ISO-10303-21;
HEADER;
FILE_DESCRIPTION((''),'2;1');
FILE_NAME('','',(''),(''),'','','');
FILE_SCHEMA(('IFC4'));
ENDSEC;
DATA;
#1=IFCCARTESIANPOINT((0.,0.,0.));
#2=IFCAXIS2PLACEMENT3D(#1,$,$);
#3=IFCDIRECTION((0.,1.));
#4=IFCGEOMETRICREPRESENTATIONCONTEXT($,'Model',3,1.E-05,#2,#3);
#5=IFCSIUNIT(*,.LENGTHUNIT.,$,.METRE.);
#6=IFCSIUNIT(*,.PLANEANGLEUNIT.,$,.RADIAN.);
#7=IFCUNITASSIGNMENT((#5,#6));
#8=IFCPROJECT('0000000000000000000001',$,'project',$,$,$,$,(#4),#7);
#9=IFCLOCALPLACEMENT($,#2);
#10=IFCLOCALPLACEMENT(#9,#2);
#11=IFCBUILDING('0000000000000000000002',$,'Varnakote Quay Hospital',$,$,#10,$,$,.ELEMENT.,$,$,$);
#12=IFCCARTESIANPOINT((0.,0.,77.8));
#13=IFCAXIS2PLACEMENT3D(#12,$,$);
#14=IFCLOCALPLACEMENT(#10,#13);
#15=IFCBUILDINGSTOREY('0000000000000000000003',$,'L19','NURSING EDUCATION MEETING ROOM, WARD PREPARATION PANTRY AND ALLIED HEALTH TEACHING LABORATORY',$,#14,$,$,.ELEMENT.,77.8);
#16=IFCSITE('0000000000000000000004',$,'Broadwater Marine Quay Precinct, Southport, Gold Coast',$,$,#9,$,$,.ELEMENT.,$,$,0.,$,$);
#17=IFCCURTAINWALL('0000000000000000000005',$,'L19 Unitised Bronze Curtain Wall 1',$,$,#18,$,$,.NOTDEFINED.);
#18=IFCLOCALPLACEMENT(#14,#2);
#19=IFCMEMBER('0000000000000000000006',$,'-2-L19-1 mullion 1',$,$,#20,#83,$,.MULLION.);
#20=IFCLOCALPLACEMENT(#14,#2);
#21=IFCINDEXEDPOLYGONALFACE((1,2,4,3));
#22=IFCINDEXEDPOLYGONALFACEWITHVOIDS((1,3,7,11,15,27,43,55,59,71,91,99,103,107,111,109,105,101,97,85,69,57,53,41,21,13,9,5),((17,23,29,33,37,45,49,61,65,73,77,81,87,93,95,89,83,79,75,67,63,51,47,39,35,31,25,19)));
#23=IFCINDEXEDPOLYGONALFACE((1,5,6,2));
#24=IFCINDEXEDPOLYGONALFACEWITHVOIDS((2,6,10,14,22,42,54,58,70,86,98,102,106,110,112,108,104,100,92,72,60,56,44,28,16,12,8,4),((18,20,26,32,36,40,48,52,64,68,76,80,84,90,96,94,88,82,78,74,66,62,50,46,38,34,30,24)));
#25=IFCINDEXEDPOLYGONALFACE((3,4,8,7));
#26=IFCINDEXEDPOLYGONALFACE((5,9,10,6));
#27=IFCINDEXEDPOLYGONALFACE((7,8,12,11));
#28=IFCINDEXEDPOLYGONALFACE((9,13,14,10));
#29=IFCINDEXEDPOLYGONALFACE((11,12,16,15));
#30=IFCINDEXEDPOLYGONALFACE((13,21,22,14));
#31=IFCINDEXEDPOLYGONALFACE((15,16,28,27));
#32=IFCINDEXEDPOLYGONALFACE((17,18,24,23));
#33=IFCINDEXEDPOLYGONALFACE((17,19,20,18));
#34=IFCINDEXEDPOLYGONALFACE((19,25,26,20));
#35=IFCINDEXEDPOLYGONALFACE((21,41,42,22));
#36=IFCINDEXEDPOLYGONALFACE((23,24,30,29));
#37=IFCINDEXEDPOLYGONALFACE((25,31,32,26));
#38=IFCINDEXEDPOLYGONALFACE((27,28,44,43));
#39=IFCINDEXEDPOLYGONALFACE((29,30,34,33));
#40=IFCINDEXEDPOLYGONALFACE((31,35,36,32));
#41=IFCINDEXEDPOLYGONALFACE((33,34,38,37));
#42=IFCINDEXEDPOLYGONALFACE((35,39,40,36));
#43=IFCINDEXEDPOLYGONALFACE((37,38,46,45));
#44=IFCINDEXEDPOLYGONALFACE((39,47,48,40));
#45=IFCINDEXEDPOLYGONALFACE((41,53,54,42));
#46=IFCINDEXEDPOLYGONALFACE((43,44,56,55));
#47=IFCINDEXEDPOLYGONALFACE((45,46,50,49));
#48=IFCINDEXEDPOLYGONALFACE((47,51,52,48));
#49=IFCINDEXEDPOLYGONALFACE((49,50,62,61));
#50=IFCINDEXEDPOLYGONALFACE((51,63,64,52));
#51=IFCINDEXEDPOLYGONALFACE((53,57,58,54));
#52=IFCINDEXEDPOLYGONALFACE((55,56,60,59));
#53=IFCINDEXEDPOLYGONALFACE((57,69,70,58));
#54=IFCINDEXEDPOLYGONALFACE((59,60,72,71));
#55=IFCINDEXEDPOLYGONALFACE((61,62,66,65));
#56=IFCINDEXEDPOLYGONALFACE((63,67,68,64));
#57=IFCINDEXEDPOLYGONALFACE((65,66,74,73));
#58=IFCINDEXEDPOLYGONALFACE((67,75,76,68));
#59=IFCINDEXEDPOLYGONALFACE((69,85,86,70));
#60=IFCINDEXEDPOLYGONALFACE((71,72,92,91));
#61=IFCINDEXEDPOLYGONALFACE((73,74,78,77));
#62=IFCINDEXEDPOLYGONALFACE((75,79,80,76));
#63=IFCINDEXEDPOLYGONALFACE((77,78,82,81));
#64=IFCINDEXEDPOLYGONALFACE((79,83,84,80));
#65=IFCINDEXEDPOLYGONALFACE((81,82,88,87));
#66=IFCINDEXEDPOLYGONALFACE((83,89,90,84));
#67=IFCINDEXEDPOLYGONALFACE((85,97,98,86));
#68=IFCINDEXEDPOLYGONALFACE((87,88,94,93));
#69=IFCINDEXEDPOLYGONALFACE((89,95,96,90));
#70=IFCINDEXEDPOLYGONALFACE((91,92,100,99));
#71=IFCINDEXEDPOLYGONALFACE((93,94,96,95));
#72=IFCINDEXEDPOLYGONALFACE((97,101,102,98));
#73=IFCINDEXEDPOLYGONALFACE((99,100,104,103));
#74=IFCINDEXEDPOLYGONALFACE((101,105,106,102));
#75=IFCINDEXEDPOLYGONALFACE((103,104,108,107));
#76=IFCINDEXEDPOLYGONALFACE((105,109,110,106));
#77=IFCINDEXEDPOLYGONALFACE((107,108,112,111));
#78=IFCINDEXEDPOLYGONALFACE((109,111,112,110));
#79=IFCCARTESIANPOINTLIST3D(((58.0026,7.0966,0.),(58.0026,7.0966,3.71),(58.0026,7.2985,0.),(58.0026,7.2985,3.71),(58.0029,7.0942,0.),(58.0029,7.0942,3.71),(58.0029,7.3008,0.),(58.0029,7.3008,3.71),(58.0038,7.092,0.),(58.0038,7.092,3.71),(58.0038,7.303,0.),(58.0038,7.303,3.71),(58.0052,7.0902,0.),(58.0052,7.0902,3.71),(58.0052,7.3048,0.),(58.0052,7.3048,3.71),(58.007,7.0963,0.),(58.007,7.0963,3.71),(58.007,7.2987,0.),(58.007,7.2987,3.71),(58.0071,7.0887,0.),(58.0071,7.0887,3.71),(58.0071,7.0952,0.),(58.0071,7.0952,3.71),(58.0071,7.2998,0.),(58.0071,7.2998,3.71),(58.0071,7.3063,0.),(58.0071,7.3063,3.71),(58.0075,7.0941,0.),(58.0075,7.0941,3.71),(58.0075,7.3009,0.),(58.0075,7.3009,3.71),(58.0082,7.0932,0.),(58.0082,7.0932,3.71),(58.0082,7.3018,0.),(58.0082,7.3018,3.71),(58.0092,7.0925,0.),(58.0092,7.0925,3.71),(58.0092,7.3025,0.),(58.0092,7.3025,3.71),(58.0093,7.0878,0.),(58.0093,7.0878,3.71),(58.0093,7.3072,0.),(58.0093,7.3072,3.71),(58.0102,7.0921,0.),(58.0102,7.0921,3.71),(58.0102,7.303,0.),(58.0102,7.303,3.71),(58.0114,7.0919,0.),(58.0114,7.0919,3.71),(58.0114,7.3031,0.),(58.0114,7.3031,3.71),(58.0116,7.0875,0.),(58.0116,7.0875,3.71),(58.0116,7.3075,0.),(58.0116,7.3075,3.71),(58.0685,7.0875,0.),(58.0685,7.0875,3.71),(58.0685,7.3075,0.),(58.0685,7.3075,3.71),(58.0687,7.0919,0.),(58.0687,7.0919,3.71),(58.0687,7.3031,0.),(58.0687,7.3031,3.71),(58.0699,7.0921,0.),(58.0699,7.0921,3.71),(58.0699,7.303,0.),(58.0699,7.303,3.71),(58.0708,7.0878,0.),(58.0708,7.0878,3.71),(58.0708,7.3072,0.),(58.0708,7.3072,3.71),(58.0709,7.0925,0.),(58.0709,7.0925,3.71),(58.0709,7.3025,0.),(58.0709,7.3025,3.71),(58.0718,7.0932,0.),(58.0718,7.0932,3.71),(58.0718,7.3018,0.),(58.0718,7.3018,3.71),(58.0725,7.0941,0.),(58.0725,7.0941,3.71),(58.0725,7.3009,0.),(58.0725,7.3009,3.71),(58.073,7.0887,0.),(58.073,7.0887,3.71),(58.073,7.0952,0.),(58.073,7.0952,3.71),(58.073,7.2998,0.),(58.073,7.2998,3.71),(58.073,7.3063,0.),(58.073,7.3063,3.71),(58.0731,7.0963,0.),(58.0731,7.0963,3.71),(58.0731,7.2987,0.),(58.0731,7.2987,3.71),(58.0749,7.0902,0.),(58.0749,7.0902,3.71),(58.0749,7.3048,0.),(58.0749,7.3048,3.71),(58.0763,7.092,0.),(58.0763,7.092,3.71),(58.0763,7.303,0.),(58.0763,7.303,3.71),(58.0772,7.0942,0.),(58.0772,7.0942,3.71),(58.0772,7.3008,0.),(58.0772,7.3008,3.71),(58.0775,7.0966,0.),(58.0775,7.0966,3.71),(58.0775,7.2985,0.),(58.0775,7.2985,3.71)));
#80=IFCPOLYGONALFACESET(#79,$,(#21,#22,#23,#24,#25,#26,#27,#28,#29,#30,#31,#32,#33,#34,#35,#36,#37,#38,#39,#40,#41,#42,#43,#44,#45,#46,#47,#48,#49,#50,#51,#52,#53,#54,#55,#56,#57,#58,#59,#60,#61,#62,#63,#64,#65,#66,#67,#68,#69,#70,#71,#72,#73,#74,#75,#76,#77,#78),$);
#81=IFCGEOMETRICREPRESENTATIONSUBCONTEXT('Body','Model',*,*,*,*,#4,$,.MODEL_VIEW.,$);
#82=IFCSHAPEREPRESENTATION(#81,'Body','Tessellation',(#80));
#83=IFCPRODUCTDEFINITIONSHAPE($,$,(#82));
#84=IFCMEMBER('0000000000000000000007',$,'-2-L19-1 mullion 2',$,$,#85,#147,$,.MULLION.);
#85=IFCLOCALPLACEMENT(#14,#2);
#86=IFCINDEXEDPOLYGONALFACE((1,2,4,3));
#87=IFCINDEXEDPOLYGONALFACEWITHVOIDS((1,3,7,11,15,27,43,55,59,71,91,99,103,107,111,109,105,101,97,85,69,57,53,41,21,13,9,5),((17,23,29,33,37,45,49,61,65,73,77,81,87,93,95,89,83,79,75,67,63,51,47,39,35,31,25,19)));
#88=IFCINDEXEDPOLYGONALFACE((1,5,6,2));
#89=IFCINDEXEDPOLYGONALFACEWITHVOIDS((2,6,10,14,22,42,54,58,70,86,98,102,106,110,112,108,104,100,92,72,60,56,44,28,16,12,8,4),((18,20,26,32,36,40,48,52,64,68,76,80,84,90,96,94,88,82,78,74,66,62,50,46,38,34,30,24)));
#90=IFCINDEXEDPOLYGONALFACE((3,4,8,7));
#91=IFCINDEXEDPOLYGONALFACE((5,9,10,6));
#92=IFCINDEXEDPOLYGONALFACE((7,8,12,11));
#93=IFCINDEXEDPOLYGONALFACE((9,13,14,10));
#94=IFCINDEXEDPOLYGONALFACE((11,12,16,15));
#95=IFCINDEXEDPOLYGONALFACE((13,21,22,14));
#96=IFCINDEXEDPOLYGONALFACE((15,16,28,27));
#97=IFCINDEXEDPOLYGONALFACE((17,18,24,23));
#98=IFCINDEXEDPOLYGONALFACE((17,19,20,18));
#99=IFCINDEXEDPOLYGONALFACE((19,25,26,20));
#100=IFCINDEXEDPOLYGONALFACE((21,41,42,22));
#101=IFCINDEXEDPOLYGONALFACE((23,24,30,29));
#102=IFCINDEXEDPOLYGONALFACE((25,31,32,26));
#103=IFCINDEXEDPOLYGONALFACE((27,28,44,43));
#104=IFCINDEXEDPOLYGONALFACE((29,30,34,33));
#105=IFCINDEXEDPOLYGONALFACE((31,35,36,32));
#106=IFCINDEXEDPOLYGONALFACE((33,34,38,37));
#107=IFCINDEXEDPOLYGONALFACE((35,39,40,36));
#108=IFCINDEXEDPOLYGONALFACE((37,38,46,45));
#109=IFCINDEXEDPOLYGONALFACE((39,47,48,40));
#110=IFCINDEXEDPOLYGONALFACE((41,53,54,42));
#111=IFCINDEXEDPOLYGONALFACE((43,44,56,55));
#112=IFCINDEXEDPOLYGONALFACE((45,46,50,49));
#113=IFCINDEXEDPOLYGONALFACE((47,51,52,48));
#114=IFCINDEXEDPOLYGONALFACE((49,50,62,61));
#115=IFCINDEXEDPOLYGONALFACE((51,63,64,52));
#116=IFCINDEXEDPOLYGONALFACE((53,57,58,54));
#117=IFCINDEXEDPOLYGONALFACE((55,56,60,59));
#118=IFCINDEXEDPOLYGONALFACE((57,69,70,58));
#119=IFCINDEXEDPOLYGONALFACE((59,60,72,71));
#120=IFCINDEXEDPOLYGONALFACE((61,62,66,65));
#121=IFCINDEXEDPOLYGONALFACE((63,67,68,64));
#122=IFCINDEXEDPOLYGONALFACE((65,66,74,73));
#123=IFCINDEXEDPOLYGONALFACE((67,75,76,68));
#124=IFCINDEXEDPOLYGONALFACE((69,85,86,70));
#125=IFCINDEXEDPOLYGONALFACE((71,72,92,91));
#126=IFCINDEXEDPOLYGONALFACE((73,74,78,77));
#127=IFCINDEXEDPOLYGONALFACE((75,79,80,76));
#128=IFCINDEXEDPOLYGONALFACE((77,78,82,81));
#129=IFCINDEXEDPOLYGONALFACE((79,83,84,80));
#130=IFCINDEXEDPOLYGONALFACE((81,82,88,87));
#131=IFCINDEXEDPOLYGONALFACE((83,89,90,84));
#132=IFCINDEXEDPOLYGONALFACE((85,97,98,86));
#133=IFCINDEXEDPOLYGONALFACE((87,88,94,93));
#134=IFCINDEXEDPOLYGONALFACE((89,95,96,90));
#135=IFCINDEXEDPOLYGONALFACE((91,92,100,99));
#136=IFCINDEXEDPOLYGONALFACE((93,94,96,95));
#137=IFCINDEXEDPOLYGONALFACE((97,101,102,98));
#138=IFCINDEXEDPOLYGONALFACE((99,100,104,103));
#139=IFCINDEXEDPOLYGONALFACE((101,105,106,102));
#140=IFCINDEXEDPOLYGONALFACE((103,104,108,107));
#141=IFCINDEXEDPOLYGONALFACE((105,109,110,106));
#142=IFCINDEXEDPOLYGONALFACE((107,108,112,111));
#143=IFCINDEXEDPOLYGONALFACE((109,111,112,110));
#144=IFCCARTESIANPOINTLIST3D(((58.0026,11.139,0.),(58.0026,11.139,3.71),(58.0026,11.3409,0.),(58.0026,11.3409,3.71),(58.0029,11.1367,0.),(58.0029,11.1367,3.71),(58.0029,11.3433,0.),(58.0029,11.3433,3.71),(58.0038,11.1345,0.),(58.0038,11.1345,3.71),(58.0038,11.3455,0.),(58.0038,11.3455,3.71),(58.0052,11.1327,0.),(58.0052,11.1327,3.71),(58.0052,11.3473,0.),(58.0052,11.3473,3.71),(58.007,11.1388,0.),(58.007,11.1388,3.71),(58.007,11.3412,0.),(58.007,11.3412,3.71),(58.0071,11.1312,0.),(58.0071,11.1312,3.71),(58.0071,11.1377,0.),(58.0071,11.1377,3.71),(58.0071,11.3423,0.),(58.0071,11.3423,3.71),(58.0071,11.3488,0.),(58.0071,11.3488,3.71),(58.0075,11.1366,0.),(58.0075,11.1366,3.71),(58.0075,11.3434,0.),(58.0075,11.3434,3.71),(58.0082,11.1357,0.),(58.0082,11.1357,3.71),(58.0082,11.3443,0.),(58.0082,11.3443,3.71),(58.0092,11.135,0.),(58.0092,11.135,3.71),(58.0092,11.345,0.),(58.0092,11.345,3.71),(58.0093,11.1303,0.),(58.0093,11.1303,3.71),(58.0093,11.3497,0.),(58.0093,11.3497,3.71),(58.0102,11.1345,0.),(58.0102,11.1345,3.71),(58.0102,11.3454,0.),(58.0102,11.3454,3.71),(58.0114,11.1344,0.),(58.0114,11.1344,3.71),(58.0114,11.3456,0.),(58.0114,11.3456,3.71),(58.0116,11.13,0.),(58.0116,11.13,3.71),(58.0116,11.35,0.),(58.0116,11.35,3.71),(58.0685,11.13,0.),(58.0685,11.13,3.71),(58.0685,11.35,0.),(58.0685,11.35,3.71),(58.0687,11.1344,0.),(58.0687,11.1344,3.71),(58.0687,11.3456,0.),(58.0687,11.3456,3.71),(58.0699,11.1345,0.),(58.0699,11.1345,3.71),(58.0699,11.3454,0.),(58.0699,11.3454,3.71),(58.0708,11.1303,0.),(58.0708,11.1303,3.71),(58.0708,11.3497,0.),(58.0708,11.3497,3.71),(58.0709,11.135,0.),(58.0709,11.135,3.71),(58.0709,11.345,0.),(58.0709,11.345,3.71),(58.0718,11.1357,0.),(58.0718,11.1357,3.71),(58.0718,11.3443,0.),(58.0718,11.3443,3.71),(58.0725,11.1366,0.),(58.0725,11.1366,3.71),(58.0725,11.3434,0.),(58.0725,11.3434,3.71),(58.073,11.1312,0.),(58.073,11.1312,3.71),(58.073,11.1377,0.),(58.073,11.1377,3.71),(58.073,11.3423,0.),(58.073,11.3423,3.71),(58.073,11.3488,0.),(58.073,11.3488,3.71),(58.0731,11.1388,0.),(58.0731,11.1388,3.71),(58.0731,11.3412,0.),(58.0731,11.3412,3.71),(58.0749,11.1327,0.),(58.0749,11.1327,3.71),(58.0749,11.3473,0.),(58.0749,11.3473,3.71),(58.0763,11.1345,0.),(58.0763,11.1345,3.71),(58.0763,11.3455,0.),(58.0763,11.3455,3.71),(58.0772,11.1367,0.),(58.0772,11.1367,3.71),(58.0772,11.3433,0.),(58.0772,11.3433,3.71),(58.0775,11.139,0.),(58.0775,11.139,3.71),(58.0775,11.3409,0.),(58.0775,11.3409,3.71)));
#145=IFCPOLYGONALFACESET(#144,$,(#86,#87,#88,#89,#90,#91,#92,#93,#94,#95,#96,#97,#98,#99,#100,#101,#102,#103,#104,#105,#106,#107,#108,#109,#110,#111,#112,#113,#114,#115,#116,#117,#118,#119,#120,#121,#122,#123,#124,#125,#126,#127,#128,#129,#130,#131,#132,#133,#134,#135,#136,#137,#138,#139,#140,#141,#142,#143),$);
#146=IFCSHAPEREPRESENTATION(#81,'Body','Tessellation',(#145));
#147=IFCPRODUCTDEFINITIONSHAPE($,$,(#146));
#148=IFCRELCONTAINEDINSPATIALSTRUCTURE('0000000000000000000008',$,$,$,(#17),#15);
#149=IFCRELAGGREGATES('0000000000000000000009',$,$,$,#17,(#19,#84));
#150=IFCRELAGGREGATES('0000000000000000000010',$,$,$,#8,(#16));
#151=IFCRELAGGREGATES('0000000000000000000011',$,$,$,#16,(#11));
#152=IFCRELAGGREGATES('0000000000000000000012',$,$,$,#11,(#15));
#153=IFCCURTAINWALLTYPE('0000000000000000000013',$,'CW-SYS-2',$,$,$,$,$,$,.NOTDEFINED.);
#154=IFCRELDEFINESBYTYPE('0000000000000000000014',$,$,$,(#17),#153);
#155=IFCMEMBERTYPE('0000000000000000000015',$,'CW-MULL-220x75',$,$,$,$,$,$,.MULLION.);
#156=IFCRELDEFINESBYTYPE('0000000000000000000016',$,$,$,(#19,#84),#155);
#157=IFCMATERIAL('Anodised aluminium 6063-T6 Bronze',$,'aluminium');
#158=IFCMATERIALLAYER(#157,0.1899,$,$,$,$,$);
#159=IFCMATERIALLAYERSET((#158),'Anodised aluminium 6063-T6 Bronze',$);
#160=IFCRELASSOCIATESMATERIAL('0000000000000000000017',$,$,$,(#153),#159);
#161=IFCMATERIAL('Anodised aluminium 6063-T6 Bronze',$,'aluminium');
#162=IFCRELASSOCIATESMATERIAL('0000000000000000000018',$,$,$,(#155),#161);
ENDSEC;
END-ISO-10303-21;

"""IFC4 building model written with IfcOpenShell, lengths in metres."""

from ifc_helpers import new_model, si_unit, direction, frame, origin, origin_2d, place, context, subcontext, project, spatial, hollow_rectangle, extrude, material, layer, layer_set, material_profile, profile_set, type_object, element, aggregate, save


model = new_model("IFC4")

# Units and contexts
model_context = context("Model", 3, precision=1e-05, world=origin(), true_north=direction((0.0, 1.0)))
body_context = subcontext(model_context, "Body", "Model", "MODEL_VIEW")
ifc_project = project(units=[si_unit("LENGTHUNIT", "METRE"), si_unit("PLANEANGLEUNIT", "RADIAN")], contexts=[model_context])

# Site, building, storey
site_placement = place(None, origin())
site = spatial("IfcSite", under=ifc_project, at=site_placement, Name="Broadwater Marine Quay Precinct, Southport, Gold Coast", CompositionType="ELEMENT", RefElevation=0.0)
building_placement = place(site_placement, origin())
building = spatial("IfcBuilding", under=site, at=building_placement, Name="Varnakote Quay Hospital", CompositionType="ELEMENT")
storey_placement = place(building_placement, frame((0.0, 0.0, 77.8)))
storey = spatial("IfcBuildingStorey", under=building, at=storey_placement, Name="L19", Description="NURSING EDUCATION MEETING ROOM, WARD PREPARATION PANTRY AND ALLIED HEALTH TEACHING LABORATORY", CompositionType="ELEMENT", Elevation=77.8)

# Curtain wall, members
ifc_material_1 = material(Name="Anodised aluminium 6063-T6 Bronze", Category="aluminium")
ifc_layer_1 = layer(ifc_material_1, 0.1899)
ifc_layer_set_1 = layer_set([ifc_layer_1], Name="Anodised aluminium 6063-T6 Bronze")
curtain_wall_type = type_object("IfcCurtainWallType", Name="CW-SYS-2", PredefinedType="NOTDEFINED", material=ifc_layer_set_1)
curtain_wall_placement = place(storey_placement, origin())
curtain_wall = element("IfcCurtainWall", 1, at=curtain_wall_placement, inside=storey, type_object=curtain_wall_type, Name="L19 Unitised Bronze Curtain Wall 1", PredefinedType="NOTDEFINED")
ifc_material_2 = material(Name="Anodised aluminium 6063-T6 Bronze", Category="aluminium")
ifc_material_profile_1 = material_profile(ifc_material_2, hollow_rectangle(XDim=0.075, YDim=0.22, WallThickness=0.0044, InnerFilletRadius=0.0044, OuterFilletRadius=0.009, at=origin_2d()), Name="CW-MULL-220x75")
ifc_profile_set_1 = profile_set([ifc_material_profile_1], Name="Anodised aluminium 6063-T6 Bronze")
member_type_1 = type_object("IfcMemberType", Name="CW-MULL-220x75", PredefinedType="MULLION", material=ifc_profile_set_1)
member_1_placement = place(storey_placement, frame((58.04, 7.1975, 0.0), z_axis=(0.0, 0.0, 1.0), x_axis=(-1.0, 0.0, 0.0)))
member_1 = element("IfcMember", 2, at=member_1_placement, type_object=member_type_1, Name="-2-L19-1 mullion 1", PredefinedType="MULLION", context=body_context, shape_type="SweptSolid", body=[
    extrude(hollow_rectangle(XDim=0.075, YDim=0.22, WallThickness=0.0044, InnerFilletRadius=0.0044, OuterFilletRadius=0.009, at=origin_2d()), origin(), (0.0, 0.0, 1.0), 3.71),
])
member_2_placement = place(storey_placement, frame((58.04, 11.24, 0.0), z_axis=(0.0, 0.0, 1.0), x_axis=(-1.0, 0.0, 0.0)))
member_2 = element("IfcMember", 3, at=member_2_placement, type_object=member_type_1, Name="-2-L19-1 mullion 2", PredefinedType="MULLION", context=body_context, shape_type="SweptSolid", body=[
    extrude(hollow_rectangle(XDim=0.075, YDim=0.22, WallThickness=0.0044, InnerFilletRadius=0.0044, OuterFilletRadius=0.009, at=origin_2d()), origin(), (0.0, 0.0, 1.0), 3.71),
])
aggregate(curtain_wall, [member_1, member_2])

save(model, "model.ifc")
